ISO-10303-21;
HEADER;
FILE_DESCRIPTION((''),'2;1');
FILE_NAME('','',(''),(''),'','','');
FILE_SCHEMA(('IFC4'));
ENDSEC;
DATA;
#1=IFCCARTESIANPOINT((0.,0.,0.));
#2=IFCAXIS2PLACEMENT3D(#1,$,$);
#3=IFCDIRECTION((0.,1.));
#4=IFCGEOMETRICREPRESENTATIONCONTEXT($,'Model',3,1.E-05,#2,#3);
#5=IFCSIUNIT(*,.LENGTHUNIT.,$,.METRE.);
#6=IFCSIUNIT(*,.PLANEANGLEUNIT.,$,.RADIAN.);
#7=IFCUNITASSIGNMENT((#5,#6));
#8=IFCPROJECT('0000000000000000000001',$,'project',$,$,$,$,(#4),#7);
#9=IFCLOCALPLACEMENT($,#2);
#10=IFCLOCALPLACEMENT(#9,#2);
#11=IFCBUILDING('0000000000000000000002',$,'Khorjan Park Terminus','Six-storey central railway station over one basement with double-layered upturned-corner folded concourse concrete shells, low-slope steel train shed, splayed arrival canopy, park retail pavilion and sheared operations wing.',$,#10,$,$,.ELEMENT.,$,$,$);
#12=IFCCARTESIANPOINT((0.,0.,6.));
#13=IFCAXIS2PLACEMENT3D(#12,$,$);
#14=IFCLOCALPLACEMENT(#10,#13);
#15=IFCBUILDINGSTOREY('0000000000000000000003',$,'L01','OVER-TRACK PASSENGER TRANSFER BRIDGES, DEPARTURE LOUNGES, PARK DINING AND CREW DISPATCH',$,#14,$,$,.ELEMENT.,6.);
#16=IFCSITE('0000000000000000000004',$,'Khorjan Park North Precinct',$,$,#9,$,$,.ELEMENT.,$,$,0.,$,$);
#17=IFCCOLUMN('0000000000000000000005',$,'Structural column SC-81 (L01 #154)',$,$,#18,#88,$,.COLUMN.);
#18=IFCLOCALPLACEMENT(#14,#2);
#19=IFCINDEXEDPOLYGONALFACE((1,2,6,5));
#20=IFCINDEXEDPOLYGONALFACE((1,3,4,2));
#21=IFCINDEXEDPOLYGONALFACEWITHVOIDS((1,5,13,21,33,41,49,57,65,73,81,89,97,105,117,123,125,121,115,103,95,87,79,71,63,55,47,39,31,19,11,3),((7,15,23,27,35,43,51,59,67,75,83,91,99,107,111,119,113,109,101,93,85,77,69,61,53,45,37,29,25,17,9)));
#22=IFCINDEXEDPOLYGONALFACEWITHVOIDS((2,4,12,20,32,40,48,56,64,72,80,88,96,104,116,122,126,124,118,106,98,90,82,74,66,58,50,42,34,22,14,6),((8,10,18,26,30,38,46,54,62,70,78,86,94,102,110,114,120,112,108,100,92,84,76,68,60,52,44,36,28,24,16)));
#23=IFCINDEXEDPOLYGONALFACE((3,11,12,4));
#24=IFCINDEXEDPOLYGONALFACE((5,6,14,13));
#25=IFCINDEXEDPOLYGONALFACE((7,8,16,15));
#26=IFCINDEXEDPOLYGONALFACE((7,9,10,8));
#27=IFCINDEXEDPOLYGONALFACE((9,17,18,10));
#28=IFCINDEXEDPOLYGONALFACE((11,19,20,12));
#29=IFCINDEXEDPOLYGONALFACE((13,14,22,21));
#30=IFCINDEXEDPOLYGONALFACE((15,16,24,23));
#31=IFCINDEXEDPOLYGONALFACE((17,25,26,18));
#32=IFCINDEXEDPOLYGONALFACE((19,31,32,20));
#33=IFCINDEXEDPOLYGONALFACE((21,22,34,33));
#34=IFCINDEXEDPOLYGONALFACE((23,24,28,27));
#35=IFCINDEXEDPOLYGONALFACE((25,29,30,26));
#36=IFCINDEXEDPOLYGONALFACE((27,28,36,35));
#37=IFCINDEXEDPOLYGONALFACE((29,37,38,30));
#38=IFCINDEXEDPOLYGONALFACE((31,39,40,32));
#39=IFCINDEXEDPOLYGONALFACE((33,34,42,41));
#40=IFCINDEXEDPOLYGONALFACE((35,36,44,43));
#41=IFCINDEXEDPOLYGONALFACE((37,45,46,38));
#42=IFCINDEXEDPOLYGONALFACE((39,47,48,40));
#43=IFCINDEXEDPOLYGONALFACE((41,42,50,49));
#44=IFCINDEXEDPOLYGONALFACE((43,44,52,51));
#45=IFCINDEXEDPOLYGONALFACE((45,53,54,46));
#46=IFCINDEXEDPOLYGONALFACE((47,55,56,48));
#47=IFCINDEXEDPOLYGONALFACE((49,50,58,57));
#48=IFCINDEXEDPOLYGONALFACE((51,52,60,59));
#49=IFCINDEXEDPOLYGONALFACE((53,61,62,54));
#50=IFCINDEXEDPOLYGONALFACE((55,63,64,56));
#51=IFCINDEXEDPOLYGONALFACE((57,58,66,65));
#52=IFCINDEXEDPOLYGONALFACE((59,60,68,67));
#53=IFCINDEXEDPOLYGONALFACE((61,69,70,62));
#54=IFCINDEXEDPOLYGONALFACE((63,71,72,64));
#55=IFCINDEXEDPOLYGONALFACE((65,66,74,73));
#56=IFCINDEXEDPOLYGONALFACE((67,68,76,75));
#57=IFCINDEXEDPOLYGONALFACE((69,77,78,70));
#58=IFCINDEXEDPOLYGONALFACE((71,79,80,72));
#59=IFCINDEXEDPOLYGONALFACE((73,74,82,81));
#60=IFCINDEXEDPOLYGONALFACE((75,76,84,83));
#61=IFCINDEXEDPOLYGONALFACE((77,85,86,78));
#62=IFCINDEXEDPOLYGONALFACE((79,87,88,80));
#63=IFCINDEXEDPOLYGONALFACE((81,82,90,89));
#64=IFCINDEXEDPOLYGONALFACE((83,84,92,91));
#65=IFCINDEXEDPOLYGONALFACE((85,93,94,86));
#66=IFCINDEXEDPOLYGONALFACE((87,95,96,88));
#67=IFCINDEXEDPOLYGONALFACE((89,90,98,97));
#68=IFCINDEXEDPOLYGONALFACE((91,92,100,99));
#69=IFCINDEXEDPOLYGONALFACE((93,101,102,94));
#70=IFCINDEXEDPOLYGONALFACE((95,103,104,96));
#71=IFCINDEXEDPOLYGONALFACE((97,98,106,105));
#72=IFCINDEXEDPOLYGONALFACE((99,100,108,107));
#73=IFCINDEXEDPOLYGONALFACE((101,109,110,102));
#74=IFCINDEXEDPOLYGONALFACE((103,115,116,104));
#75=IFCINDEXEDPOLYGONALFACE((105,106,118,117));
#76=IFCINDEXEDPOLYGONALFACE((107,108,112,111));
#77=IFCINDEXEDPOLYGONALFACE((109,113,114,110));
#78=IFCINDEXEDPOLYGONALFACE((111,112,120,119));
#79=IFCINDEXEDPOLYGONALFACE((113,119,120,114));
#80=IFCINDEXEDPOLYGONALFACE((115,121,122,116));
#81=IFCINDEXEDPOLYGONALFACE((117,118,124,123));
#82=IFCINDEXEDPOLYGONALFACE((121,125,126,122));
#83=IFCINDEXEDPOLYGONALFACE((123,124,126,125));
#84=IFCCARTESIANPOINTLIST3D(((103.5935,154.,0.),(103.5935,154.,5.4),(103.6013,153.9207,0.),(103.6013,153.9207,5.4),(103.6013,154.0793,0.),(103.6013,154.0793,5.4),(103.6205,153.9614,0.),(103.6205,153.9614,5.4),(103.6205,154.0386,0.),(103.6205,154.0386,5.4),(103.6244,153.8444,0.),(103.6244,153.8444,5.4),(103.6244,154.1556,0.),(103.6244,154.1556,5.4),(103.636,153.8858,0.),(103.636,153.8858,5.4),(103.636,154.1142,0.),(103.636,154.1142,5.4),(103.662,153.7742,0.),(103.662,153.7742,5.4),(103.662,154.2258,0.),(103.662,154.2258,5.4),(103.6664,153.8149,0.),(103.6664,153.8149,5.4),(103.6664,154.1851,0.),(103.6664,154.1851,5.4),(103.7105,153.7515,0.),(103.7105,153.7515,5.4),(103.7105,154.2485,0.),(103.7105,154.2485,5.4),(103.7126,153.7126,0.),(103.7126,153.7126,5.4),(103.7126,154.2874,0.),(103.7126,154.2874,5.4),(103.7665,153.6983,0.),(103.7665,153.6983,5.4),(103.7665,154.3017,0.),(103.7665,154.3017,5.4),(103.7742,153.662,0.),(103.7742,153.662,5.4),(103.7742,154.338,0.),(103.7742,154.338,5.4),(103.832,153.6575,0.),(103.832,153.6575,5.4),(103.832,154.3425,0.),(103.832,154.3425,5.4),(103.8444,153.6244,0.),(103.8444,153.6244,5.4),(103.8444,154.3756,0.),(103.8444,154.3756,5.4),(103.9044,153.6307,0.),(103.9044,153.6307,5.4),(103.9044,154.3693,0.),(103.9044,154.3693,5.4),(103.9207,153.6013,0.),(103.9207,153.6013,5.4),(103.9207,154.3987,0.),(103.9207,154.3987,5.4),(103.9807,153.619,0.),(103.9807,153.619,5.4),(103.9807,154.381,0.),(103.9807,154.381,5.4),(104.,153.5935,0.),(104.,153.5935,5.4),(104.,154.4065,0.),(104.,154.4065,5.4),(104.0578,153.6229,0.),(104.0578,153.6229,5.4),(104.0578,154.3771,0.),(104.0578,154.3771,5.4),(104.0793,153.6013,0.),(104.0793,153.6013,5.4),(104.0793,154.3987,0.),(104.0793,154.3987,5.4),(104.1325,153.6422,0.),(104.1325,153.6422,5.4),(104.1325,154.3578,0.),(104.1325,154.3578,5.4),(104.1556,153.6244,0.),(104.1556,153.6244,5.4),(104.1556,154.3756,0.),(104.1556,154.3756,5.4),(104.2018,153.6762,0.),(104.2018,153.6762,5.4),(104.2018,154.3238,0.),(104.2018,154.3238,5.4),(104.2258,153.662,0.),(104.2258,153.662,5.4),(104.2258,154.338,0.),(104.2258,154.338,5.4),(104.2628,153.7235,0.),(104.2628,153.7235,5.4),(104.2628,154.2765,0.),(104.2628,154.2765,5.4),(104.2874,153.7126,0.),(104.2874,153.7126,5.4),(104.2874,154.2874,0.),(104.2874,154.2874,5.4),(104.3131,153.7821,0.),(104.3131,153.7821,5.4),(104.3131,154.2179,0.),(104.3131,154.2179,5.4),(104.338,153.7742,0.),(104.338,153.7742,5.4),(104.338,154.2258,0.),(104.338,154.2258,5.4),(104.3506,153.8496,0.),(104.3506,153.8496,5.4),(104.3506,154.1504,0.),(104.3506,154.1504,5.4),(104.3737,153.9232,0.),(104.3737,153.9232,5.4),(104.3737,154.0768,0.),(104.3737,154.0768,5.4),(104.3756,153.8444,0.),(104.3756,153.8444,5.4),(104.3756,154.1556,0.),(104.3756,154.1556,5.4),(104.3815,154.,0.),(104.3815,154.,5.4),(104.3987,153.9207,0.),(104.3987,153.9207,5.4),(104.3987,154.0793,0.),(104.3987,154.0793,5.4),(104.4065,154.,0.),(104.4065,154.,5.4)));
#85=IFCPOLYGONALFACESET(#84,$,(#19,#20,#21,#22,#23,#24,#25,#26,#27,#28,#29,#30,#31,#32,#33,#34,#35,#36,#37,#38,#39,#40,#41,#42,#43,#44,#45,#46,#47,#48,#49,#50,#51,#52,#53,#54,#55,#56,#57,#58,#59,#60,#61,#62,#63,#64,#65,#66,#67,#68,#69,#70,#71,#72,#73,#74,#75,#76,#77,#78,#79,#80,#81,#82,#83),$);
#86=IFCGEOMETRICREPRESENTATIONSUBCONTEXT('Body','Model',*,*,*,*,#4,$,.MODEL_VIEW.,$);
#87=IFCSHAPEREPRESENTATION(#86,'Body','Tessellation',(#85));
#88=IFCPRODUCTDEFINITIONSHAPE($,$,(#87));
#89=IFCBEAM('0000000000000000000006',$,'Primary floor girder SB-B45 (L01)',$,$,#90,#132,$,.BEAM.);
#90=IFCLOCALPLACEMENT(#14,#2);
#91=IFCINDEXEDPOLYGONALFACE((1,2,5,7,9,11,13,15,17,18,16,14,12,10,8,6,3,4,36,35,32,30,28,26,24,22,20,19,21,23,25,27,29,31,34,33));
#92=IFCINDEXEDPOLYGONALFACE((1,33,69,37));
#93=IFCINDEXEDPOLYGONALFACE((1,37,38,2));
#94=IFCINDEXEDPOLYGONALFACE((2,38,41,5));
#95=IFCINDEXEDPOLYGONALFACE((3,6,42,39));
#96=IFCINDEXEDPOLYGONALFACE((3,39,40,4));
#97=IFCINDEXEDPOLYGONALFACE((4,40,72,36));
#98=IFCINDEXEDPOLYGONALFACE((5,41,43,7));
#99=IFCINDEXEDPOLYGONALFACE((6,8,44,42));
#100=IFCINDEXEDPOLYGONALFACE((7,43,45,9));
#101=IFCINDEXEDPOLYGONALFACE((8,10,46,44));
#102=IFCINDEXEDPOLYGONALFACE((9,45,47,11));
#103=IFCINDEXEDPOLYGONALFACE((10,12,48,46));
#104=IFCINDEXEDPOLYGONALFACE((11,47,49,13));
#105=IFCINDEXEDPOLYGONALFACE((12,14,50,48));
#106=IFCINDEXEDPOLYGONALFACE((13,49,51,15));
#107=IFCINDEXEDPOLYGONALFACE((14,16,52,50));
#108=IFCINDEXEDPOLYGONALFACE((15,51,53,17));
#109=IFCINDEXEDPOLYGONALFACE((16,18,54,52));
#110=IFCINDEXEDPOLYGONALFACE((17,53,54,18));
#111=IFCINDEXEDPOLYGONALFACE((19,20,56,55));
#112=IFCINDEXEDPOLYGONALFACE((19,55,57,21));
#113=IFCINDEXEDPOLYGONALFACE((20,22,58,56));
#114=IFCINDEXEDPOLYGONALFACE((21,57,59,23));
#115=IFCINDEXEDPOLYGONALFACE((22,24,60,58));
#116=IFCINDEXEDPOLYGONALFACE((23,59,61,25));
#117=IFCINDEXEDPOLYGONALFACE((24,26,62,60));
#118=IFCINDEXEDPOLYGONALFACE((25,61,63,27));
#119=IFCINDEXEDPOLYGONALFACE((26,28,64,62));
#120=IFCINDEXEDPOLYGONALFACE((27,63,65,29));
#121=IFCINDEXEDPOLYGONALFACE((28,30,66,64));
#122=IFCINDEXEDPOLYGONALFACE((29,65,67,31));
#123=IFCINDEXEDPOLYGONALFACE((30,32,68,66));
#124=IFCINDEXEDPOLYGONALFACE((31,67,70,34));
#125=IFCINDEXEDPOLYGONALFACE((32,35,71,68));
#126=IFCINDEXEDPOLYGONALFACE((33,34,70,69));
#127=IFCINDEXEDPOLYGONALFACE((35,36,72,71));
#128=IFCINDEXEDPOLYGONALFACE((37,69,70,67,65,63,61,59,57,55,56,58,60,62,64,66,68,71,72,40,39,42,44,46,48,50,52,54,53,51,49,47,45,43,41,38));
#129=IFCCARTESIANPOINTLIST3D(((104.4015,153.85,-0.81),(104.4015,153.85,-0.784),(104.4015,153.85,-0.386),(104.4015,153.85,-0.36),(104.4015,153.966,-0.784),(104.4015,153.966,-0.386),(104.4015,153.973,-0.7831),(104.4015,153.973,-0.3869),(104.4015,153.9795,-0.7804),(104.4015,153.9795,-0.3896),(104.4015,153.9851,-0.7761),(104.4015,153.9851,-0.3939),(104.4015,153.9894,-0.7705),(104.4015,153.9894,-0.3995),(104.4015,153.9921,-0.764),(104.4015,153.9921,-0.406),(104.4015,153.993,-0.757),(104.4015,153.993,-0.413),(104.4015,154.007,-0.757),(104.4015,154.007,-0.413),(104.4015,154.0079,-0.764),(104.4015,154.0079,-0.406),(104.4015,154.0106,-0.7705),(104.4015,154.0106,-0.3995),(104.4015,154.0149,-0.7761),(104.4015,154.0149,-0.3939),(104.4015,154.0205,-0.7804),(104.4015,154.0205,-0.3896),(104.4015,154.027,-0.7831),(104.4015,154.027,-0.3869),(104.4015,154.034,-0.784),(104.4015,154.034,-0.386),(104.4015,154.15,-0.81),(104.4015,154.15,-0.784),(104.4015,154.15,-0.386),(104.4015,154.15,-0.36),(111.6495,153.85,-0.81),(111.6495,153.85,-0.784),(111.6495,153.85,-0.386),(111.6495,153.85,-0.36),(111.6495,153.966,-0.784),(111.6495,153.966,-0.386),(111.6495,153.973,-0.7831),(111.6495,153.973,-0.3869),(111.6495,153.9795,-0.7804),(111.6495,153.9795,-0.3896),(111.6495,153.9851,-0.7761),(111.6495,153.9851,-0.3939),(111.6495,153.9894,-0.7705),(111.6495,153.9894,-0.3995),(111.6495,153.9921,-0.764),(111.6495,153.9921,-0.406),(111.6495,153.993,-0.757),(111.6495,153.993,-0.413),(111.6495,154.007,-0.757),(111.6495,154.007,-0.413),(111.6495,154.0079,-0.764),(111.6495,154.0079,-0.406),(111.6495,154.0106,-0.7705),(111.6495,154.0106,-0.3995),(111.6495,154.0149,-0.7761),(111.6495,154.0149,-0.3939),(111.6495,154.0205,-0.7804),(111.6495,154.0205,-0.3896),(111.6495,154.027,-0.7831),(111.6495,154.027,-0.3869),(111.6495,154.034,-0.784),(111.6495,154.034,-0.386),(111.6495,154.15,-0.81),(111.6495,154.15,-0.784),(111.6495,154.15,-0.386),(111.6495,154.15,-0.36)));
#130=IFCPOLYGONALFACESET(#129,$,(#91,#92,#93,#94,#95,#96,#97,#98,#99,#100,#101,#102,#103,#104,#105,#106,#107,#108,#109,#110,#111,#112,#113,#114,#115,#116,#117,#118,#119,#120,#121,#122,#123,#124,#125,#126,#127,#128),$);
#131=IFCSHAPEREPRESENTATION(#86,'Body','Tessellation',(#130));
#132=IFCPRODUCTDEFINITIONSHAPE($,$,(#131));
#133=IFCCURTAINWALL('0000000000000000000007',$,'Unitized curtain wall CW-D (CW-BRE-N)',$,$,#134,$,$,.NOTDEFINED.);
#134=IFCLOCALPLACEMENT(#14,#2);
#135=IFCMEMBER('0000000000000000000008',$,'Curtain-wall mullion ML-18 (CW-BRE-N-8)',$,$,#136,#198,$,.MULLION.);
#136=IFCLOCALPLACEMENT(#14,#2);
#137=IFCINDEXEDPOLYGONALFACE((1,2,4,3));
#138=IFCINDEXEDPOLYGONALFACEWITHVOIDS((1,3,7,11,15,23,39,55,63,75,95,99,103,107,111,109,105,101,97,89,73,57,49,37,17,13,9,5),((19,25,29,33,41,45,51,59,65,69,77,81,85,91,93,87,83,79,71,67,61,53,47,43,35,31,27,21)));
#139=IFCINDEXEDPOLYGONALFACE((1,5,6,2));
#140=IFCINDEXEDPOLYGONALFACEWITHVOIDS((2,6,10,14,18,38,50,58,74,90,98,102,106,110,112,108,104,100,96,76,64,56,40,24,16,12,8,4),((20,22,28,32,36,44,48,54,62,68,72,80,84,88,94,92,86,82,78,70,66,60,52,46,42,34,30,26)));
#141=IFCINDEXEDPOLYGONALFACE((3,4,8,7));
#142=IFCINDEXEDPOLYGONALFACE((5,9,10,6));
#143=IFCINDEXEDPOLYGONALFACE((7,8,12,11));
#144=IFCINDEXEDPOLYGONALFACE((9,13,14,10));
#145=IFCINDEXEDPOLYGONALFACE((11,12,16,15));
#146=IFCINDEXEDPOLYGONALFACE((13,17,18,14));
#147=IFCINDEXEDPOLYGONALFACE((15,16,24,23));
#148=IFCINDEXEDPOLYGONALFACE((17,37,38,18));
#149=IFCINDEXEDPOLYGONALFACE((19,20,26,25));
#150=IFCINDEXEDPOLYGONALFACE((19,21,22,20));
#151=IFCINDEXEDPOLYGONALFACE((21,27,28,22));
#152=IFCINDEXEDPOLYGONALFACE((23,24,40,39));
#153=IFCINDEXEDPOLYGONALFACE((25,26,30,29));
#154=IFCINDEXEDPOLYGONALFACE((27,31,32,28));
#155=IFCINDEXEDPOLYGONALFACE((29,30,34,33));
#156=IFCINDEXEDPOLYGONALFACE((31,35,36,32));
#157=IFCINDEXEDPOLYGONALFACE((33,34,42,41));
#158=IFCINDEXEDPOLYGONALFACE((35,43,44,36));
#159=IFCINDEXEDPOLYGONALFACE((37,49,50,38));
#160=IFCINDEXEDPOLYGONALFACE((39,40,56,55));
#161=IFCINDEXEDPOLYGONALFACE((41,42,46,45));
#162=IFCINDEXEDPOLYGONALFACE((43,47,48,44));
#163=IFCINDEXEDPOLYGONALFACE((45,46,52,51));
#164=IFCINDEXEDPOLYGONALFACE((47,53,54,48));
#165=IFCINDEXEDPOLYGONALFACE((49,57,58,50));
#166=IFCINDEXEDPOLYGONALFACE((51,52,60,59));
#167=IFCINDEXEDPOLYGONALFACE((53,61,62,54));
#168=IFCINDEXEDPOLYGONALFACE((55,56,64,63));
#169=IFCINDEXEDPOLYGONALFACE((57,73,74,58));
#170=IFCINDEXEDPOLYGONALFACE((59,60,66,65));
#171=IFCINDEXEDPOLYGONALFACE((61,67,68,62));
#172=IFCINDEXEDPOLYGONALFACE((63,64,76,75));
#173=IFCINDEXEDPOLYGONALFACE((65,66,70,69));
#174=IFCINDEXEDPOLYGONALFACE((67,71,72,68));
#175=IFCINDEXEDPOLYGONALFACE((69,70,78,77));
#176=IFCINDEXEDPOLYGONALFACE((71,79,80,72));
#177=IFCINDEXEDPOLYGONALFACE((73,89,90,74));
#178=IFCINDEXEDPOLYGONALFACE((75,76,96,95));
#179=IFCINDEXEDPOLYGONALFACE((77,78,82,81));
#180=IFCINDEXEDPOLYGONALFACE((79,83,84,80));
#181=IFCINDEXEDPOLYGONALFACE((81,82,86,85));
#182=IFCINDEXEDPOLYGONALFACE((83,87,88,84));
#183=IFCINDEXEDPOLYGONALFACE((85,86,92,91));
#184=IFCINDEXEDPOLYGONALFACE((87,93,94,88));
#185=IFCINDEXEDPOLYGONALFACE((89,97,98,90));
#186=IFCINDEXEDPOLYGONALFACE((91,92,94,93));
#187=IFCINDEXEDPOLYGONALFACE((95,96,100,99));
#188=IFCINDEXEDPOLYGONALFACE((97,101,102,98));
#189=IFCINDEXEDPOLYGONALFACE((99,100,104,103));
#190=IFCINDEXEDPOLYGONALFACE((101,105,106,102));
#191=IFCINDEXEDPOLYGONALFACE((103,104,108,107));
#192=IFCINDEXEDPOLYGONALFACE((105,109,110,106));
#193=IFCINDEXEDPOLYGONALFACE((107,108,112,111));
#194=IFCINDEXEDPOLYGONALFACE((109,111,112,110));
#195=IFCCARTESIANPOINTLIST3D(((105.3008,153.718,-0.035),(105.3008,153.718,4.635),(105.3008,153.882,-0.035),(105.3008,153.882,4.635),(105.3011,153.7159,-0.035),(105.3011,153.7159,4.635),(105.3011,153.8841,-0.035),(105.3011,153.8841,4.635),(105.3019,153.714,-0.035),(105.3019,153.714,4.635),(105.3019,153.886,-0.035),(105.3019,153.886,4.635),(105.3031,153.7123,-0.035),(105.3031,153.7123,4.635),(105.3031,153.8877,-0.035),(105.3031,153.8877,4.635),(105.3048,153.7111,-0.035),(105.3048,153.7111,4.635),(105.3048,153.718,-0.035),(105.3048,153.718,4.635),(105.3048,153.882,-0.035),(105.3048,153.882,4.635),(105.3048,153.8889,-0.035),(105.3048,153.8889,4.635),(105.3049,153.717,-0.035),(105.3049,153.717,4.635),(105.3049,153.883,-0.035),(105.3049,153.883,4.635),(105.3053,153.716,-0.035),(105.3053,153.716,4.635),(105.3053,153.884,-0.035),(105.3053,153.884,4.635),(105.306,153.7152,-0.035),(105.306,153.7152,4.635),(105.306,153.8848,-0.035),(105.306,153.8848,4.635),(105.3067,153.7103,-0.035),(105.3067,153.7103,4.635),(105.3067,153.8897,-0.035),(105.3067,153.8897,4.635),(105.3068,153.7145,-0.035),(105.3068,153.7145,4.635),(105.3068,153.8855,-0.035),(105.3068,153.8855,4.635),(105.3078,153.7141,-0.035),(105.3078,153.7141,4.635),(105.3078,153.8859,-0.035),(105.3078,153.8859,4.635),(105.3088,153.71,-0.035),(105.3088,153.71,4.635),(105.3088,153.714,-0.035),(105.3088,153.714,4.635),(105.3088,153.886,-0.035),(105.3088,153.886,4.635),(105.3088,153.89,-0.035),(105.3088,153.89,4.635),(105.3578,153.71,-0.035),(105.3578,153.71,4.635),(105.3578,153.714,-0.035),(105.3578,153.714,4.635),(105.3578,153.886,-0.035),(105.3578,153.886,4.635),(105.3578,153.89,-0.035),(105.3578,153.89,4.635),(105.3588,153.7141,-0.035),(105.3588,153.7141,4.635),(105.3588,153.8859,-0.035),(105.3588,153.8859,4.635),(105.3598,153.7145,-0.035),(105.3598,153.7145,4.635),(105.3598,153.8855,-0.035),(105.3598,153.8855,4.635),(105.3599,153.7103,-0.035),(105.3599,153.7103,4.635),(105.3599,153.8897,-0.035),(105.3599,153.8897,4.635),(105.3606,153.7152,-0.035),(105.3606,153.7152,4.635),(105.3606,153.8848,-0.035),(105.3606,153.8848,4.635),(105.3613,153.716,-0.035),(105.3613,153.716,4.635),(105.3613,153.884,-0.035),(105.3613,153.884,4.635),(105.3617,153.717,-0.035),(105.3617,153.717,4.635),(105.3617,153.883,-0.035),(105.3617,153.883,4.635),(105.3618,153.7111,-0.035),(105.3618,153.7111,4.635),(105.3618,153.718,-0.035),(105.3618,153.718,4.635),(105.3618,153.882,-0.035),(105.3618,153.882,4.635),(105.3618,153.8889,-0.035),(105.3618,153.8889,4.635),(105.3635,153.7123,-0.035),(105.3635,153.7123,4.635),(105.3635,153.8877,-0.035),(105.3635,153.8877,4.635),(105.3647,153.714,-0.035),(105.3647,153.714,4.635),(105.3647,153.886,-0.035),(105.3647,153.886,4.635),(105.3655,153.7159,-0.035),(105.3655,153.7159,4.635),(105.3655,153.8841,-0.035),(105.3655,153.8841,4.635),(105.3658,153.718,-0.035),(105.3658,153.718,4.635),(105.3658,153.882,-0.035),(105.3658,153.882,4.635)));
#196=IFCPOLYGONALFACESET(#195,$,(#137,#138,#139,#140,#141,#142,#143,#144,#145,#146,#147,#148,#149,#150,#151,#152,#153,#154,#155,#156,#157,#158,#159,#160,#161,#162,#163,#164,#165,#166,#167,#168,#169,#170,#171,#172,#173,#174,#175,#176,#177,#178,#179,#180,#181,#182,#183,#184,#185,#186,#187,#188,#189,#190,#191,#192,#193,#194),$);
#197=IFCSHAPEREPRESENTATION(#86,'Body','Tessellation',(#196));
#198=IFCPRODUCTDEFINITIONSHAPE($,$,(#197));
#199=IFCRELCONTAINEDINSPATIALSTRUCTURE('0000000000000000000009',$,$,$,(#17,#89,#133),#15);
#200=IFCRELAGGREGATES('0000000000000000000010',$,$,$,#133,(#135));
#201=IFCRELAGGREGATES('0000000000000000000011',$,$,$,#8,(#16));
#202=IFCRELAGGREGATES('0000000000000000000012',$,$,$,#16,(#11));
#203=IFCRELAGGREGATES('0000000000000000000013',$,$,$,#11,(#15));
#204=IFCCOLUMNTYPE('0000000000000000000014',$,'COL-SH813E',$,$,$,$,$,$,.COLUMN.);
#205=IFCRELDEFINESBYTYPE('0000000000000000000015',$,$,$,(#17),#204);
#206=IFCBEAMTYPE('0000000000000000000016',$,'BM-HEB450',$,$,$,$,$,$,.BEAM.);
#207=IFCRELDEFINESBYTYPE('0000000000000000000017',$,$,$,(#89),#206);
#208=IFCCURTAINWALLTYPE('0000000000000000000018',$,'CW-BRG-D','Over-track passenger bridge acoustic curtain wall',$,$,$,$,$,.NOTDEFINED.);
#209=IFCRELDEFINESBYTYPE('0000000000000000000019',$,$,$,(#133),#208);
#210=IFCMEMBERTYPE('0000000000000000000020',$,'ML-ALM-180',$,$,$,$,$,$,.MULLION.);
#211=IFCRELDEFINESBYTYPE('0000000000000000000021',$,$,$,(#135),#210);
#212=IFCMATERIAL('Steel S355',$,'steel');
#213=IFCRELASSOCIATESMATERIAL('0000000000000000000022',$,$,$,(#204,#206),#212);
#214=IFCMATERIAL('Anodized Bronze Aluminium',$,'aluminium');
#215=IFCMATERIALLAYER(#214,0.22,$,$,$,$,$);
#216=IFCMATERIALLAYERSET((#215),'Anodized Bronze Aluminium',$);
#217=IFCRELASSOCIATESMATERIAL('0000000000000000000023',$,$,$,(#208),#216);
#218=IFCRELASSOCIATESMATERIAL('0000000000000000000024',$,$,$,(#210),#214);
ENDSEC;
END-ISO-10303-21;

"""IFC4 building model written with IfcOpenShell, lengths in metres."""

from ifc_helpers import new_model, si_unit, direction, frame, origin, origin_2d, place, context, subcontext, project, spatial, hollow_rectangle, hollow_circle, i_section, extrude, material, layer, layer_set, material_profile, profile_set, type_object, element, aggregate, save


model = new_model("IFC4")

# Units and contexts
model_context = context("Model", 3, precision=1e-05, world=origin(), true_north=direction((0.0, 1.0)))
body_context = subcontext(model_context, "Body", "Model", "MODEL_VIEW")
ifc_project = project(units=[si_unit("LENGTHUNIT", "METRE"), si_unit("PLANEANGLEUNIT", "RADIAN")], contexts=[model_context])

# Site, building, storey
site_placement = place(None, origin())
site = spatial("IfcSite", under=ifc_project, at=site_placement, Name="Khorjan Park North Precinct", CompositionType="ELEMENT", RefElevation=0.0)
building_placement = place(site_placement, origin())
building = spatial("IfcBuilding", under=site, at=building_placement, Name="Khorjan Park Terminus", Description="Six-storey central railway station over one basement with double-layered upturned-corner folded concourse concrete shells, low-slope steel train shed, splayed arrival canopy, park retail pavilion and sheared operations wing.", CompositionType="ELEMENT")
storey_placement = place(building_placement, frame((0.0, 0.0, 6.0)))
storey = spatial("IfcBuildingStorey", under=building, at=storey_placement, Name="L01", Description="OVER-TRACK PASSENGER TRANSFER BRIDGES, DEPARTURE LOUNGES, PARK DINING AND CREW DISPATCH", CompositionType="ELEMENT", Elevation=6.0)

# Column
ifc_material_1 = material(Name="Steel S355", Category="steel")
ifc_material_profile_1 = material_profile(ifc_material_1, hollow_circle(Radius=0.4065, WallThickness=0.025, at=origin_2d()), Name="CHS 813x25")
ifc_profile_set_1 = profile_set([ifc_material_profile_1], Name="Steel S355")
column_type = type_object("IfcColumnType", Name="COL-SH813E", PredefinedType="COLUMN", material=ifc_profile_set_1)
column_placement = place(storey_placement, frame((104.0, 154.0, 0.0), z_axis=(0.0, 0.0, 1.0), x_axis=(1.0, 0.0, 0.0)))
element("IfcColumn", 1, at=column_placement, inside=storey, type_object=column_type, Name="Structural column SC-81 (L01 #154)", PredefinedType="COLUMN", context=body_context, shape_type="SweptSolid", body=[
    extrude(hollow_circle(Radius=0.4065, WallThickness=0.025, at=origin_2d()), origin(), (0.0, 0.0, 1.0), 5.4),
])

# Beam
ifc_material_profile_2 = material_profile(ifc_material_1, i_section(OverallWidth=0.3, OverallDepth=0.45, WebThickness=0.014, FlangeThickness=0.026, FilletRadius=0.027, at=origin_2d()), Name="HEB 450")
ifc_profile_set_2 = profile_set([ifc_material_profile_2], Name="Steel S355")
beam_type = type_object("IfcBeamType", Name="BM-HEB450", PredefinedType="BEAM", material=ifc_profile_set_2)
beam_placement = place(storey_placement, frame((104.4015, 154.0, -0.585), z_axis=(1.0, 0.0, 0.0), x_axis=(0.0, 1.0, 0.0)))
element("IfcBeam", 2, at=beam_placement, inside=storey, type_object=beam_type, Name="Primary floor girder SB-B45 (L01)", PredefinedType="BEAM", context=body_context, shape_type="SweptSolid", body=[
    extrude(i_section(OverallWidth=0.3, OverallDepth=0.45, WebThickness=0.014, FlangeThickness=0.026, FilletRadius=0.027, at=origin_2d()), origin(), (0.0, 0.0, 1.0), 7.248),
])

# Curtain wall, member
ifc_material_2 = material(Name="Anodized Bronze Aluminium", Category="aluminium")
ifc_layer_1 = layer(ifc_material_2, 0.22)
ifc_layer_set_1 = layer_set([ifc_layer_1], Name="Anodized Bronze Aluminium")
curtain_wall_type = type_object("IfcCurtainWallType", Name="CW-BRG-D", Description="Over-track passenger bridge acoustic curtain wall", PredefinedType="NOTDEFINED", material=ifc_layer_set_1)
curtain_wall_placement = place(storey_placement, origin())
curtain_wall = element("IfcCurtainWall", 3, at=curtain_wall_placement, inside=storey, type_object=curtain_wall_type, Name="Unitized curtain wall CW-D (CW-BRE-N)", PredefinedType="NOTDEFINED")
ifc_material_profile_3 = material_profile(ifc_material_2, hollow_rectangle(XDim=0.065, YDim=0.18, WallThickness=0.004, InnerFilletRadius=0.004, OuterFilletRadius=0.008, at=origin_2d()), Name="ALM 65x180x4")
ifc_profile_set_3 = profile_set([ifc_material_profile_3], Name="Anodized Bronze Aluminium")
member_type_1 = type_object("IfcMemberType", Name="ML-ALM-180", PredefinedType="MULLION", material=ifc_profile_set_3)
member_1_placement = place(storey_placement, frame((105.3333, 153.8, -0.035), z_axis=(0.0, 0.0, 1.0), x_axis=(-1.0, 0.0, 0.0)))
member_1 = element("IfcMember", 4, at=member_1_placement, type_object=member_type_1, Name="Curtain-wall mullion ML-18 (CW-BRE-N-8)", PredefinedType="MULLION", context=body_context, shape_type="SweptSolid", body=[
    extrude(hollow_rectangle(XDim=0.065, YDim=0.18, WallThickness=0.004, InnerFilletRadius=0.004, OuterFilletRadius=0.008, at=origin_2d()), origin(), (0.0, 0.0, 1.0), 4.67),
])
aggregate(curtain_wall, [member_1])

save(model, "model.ifc")
